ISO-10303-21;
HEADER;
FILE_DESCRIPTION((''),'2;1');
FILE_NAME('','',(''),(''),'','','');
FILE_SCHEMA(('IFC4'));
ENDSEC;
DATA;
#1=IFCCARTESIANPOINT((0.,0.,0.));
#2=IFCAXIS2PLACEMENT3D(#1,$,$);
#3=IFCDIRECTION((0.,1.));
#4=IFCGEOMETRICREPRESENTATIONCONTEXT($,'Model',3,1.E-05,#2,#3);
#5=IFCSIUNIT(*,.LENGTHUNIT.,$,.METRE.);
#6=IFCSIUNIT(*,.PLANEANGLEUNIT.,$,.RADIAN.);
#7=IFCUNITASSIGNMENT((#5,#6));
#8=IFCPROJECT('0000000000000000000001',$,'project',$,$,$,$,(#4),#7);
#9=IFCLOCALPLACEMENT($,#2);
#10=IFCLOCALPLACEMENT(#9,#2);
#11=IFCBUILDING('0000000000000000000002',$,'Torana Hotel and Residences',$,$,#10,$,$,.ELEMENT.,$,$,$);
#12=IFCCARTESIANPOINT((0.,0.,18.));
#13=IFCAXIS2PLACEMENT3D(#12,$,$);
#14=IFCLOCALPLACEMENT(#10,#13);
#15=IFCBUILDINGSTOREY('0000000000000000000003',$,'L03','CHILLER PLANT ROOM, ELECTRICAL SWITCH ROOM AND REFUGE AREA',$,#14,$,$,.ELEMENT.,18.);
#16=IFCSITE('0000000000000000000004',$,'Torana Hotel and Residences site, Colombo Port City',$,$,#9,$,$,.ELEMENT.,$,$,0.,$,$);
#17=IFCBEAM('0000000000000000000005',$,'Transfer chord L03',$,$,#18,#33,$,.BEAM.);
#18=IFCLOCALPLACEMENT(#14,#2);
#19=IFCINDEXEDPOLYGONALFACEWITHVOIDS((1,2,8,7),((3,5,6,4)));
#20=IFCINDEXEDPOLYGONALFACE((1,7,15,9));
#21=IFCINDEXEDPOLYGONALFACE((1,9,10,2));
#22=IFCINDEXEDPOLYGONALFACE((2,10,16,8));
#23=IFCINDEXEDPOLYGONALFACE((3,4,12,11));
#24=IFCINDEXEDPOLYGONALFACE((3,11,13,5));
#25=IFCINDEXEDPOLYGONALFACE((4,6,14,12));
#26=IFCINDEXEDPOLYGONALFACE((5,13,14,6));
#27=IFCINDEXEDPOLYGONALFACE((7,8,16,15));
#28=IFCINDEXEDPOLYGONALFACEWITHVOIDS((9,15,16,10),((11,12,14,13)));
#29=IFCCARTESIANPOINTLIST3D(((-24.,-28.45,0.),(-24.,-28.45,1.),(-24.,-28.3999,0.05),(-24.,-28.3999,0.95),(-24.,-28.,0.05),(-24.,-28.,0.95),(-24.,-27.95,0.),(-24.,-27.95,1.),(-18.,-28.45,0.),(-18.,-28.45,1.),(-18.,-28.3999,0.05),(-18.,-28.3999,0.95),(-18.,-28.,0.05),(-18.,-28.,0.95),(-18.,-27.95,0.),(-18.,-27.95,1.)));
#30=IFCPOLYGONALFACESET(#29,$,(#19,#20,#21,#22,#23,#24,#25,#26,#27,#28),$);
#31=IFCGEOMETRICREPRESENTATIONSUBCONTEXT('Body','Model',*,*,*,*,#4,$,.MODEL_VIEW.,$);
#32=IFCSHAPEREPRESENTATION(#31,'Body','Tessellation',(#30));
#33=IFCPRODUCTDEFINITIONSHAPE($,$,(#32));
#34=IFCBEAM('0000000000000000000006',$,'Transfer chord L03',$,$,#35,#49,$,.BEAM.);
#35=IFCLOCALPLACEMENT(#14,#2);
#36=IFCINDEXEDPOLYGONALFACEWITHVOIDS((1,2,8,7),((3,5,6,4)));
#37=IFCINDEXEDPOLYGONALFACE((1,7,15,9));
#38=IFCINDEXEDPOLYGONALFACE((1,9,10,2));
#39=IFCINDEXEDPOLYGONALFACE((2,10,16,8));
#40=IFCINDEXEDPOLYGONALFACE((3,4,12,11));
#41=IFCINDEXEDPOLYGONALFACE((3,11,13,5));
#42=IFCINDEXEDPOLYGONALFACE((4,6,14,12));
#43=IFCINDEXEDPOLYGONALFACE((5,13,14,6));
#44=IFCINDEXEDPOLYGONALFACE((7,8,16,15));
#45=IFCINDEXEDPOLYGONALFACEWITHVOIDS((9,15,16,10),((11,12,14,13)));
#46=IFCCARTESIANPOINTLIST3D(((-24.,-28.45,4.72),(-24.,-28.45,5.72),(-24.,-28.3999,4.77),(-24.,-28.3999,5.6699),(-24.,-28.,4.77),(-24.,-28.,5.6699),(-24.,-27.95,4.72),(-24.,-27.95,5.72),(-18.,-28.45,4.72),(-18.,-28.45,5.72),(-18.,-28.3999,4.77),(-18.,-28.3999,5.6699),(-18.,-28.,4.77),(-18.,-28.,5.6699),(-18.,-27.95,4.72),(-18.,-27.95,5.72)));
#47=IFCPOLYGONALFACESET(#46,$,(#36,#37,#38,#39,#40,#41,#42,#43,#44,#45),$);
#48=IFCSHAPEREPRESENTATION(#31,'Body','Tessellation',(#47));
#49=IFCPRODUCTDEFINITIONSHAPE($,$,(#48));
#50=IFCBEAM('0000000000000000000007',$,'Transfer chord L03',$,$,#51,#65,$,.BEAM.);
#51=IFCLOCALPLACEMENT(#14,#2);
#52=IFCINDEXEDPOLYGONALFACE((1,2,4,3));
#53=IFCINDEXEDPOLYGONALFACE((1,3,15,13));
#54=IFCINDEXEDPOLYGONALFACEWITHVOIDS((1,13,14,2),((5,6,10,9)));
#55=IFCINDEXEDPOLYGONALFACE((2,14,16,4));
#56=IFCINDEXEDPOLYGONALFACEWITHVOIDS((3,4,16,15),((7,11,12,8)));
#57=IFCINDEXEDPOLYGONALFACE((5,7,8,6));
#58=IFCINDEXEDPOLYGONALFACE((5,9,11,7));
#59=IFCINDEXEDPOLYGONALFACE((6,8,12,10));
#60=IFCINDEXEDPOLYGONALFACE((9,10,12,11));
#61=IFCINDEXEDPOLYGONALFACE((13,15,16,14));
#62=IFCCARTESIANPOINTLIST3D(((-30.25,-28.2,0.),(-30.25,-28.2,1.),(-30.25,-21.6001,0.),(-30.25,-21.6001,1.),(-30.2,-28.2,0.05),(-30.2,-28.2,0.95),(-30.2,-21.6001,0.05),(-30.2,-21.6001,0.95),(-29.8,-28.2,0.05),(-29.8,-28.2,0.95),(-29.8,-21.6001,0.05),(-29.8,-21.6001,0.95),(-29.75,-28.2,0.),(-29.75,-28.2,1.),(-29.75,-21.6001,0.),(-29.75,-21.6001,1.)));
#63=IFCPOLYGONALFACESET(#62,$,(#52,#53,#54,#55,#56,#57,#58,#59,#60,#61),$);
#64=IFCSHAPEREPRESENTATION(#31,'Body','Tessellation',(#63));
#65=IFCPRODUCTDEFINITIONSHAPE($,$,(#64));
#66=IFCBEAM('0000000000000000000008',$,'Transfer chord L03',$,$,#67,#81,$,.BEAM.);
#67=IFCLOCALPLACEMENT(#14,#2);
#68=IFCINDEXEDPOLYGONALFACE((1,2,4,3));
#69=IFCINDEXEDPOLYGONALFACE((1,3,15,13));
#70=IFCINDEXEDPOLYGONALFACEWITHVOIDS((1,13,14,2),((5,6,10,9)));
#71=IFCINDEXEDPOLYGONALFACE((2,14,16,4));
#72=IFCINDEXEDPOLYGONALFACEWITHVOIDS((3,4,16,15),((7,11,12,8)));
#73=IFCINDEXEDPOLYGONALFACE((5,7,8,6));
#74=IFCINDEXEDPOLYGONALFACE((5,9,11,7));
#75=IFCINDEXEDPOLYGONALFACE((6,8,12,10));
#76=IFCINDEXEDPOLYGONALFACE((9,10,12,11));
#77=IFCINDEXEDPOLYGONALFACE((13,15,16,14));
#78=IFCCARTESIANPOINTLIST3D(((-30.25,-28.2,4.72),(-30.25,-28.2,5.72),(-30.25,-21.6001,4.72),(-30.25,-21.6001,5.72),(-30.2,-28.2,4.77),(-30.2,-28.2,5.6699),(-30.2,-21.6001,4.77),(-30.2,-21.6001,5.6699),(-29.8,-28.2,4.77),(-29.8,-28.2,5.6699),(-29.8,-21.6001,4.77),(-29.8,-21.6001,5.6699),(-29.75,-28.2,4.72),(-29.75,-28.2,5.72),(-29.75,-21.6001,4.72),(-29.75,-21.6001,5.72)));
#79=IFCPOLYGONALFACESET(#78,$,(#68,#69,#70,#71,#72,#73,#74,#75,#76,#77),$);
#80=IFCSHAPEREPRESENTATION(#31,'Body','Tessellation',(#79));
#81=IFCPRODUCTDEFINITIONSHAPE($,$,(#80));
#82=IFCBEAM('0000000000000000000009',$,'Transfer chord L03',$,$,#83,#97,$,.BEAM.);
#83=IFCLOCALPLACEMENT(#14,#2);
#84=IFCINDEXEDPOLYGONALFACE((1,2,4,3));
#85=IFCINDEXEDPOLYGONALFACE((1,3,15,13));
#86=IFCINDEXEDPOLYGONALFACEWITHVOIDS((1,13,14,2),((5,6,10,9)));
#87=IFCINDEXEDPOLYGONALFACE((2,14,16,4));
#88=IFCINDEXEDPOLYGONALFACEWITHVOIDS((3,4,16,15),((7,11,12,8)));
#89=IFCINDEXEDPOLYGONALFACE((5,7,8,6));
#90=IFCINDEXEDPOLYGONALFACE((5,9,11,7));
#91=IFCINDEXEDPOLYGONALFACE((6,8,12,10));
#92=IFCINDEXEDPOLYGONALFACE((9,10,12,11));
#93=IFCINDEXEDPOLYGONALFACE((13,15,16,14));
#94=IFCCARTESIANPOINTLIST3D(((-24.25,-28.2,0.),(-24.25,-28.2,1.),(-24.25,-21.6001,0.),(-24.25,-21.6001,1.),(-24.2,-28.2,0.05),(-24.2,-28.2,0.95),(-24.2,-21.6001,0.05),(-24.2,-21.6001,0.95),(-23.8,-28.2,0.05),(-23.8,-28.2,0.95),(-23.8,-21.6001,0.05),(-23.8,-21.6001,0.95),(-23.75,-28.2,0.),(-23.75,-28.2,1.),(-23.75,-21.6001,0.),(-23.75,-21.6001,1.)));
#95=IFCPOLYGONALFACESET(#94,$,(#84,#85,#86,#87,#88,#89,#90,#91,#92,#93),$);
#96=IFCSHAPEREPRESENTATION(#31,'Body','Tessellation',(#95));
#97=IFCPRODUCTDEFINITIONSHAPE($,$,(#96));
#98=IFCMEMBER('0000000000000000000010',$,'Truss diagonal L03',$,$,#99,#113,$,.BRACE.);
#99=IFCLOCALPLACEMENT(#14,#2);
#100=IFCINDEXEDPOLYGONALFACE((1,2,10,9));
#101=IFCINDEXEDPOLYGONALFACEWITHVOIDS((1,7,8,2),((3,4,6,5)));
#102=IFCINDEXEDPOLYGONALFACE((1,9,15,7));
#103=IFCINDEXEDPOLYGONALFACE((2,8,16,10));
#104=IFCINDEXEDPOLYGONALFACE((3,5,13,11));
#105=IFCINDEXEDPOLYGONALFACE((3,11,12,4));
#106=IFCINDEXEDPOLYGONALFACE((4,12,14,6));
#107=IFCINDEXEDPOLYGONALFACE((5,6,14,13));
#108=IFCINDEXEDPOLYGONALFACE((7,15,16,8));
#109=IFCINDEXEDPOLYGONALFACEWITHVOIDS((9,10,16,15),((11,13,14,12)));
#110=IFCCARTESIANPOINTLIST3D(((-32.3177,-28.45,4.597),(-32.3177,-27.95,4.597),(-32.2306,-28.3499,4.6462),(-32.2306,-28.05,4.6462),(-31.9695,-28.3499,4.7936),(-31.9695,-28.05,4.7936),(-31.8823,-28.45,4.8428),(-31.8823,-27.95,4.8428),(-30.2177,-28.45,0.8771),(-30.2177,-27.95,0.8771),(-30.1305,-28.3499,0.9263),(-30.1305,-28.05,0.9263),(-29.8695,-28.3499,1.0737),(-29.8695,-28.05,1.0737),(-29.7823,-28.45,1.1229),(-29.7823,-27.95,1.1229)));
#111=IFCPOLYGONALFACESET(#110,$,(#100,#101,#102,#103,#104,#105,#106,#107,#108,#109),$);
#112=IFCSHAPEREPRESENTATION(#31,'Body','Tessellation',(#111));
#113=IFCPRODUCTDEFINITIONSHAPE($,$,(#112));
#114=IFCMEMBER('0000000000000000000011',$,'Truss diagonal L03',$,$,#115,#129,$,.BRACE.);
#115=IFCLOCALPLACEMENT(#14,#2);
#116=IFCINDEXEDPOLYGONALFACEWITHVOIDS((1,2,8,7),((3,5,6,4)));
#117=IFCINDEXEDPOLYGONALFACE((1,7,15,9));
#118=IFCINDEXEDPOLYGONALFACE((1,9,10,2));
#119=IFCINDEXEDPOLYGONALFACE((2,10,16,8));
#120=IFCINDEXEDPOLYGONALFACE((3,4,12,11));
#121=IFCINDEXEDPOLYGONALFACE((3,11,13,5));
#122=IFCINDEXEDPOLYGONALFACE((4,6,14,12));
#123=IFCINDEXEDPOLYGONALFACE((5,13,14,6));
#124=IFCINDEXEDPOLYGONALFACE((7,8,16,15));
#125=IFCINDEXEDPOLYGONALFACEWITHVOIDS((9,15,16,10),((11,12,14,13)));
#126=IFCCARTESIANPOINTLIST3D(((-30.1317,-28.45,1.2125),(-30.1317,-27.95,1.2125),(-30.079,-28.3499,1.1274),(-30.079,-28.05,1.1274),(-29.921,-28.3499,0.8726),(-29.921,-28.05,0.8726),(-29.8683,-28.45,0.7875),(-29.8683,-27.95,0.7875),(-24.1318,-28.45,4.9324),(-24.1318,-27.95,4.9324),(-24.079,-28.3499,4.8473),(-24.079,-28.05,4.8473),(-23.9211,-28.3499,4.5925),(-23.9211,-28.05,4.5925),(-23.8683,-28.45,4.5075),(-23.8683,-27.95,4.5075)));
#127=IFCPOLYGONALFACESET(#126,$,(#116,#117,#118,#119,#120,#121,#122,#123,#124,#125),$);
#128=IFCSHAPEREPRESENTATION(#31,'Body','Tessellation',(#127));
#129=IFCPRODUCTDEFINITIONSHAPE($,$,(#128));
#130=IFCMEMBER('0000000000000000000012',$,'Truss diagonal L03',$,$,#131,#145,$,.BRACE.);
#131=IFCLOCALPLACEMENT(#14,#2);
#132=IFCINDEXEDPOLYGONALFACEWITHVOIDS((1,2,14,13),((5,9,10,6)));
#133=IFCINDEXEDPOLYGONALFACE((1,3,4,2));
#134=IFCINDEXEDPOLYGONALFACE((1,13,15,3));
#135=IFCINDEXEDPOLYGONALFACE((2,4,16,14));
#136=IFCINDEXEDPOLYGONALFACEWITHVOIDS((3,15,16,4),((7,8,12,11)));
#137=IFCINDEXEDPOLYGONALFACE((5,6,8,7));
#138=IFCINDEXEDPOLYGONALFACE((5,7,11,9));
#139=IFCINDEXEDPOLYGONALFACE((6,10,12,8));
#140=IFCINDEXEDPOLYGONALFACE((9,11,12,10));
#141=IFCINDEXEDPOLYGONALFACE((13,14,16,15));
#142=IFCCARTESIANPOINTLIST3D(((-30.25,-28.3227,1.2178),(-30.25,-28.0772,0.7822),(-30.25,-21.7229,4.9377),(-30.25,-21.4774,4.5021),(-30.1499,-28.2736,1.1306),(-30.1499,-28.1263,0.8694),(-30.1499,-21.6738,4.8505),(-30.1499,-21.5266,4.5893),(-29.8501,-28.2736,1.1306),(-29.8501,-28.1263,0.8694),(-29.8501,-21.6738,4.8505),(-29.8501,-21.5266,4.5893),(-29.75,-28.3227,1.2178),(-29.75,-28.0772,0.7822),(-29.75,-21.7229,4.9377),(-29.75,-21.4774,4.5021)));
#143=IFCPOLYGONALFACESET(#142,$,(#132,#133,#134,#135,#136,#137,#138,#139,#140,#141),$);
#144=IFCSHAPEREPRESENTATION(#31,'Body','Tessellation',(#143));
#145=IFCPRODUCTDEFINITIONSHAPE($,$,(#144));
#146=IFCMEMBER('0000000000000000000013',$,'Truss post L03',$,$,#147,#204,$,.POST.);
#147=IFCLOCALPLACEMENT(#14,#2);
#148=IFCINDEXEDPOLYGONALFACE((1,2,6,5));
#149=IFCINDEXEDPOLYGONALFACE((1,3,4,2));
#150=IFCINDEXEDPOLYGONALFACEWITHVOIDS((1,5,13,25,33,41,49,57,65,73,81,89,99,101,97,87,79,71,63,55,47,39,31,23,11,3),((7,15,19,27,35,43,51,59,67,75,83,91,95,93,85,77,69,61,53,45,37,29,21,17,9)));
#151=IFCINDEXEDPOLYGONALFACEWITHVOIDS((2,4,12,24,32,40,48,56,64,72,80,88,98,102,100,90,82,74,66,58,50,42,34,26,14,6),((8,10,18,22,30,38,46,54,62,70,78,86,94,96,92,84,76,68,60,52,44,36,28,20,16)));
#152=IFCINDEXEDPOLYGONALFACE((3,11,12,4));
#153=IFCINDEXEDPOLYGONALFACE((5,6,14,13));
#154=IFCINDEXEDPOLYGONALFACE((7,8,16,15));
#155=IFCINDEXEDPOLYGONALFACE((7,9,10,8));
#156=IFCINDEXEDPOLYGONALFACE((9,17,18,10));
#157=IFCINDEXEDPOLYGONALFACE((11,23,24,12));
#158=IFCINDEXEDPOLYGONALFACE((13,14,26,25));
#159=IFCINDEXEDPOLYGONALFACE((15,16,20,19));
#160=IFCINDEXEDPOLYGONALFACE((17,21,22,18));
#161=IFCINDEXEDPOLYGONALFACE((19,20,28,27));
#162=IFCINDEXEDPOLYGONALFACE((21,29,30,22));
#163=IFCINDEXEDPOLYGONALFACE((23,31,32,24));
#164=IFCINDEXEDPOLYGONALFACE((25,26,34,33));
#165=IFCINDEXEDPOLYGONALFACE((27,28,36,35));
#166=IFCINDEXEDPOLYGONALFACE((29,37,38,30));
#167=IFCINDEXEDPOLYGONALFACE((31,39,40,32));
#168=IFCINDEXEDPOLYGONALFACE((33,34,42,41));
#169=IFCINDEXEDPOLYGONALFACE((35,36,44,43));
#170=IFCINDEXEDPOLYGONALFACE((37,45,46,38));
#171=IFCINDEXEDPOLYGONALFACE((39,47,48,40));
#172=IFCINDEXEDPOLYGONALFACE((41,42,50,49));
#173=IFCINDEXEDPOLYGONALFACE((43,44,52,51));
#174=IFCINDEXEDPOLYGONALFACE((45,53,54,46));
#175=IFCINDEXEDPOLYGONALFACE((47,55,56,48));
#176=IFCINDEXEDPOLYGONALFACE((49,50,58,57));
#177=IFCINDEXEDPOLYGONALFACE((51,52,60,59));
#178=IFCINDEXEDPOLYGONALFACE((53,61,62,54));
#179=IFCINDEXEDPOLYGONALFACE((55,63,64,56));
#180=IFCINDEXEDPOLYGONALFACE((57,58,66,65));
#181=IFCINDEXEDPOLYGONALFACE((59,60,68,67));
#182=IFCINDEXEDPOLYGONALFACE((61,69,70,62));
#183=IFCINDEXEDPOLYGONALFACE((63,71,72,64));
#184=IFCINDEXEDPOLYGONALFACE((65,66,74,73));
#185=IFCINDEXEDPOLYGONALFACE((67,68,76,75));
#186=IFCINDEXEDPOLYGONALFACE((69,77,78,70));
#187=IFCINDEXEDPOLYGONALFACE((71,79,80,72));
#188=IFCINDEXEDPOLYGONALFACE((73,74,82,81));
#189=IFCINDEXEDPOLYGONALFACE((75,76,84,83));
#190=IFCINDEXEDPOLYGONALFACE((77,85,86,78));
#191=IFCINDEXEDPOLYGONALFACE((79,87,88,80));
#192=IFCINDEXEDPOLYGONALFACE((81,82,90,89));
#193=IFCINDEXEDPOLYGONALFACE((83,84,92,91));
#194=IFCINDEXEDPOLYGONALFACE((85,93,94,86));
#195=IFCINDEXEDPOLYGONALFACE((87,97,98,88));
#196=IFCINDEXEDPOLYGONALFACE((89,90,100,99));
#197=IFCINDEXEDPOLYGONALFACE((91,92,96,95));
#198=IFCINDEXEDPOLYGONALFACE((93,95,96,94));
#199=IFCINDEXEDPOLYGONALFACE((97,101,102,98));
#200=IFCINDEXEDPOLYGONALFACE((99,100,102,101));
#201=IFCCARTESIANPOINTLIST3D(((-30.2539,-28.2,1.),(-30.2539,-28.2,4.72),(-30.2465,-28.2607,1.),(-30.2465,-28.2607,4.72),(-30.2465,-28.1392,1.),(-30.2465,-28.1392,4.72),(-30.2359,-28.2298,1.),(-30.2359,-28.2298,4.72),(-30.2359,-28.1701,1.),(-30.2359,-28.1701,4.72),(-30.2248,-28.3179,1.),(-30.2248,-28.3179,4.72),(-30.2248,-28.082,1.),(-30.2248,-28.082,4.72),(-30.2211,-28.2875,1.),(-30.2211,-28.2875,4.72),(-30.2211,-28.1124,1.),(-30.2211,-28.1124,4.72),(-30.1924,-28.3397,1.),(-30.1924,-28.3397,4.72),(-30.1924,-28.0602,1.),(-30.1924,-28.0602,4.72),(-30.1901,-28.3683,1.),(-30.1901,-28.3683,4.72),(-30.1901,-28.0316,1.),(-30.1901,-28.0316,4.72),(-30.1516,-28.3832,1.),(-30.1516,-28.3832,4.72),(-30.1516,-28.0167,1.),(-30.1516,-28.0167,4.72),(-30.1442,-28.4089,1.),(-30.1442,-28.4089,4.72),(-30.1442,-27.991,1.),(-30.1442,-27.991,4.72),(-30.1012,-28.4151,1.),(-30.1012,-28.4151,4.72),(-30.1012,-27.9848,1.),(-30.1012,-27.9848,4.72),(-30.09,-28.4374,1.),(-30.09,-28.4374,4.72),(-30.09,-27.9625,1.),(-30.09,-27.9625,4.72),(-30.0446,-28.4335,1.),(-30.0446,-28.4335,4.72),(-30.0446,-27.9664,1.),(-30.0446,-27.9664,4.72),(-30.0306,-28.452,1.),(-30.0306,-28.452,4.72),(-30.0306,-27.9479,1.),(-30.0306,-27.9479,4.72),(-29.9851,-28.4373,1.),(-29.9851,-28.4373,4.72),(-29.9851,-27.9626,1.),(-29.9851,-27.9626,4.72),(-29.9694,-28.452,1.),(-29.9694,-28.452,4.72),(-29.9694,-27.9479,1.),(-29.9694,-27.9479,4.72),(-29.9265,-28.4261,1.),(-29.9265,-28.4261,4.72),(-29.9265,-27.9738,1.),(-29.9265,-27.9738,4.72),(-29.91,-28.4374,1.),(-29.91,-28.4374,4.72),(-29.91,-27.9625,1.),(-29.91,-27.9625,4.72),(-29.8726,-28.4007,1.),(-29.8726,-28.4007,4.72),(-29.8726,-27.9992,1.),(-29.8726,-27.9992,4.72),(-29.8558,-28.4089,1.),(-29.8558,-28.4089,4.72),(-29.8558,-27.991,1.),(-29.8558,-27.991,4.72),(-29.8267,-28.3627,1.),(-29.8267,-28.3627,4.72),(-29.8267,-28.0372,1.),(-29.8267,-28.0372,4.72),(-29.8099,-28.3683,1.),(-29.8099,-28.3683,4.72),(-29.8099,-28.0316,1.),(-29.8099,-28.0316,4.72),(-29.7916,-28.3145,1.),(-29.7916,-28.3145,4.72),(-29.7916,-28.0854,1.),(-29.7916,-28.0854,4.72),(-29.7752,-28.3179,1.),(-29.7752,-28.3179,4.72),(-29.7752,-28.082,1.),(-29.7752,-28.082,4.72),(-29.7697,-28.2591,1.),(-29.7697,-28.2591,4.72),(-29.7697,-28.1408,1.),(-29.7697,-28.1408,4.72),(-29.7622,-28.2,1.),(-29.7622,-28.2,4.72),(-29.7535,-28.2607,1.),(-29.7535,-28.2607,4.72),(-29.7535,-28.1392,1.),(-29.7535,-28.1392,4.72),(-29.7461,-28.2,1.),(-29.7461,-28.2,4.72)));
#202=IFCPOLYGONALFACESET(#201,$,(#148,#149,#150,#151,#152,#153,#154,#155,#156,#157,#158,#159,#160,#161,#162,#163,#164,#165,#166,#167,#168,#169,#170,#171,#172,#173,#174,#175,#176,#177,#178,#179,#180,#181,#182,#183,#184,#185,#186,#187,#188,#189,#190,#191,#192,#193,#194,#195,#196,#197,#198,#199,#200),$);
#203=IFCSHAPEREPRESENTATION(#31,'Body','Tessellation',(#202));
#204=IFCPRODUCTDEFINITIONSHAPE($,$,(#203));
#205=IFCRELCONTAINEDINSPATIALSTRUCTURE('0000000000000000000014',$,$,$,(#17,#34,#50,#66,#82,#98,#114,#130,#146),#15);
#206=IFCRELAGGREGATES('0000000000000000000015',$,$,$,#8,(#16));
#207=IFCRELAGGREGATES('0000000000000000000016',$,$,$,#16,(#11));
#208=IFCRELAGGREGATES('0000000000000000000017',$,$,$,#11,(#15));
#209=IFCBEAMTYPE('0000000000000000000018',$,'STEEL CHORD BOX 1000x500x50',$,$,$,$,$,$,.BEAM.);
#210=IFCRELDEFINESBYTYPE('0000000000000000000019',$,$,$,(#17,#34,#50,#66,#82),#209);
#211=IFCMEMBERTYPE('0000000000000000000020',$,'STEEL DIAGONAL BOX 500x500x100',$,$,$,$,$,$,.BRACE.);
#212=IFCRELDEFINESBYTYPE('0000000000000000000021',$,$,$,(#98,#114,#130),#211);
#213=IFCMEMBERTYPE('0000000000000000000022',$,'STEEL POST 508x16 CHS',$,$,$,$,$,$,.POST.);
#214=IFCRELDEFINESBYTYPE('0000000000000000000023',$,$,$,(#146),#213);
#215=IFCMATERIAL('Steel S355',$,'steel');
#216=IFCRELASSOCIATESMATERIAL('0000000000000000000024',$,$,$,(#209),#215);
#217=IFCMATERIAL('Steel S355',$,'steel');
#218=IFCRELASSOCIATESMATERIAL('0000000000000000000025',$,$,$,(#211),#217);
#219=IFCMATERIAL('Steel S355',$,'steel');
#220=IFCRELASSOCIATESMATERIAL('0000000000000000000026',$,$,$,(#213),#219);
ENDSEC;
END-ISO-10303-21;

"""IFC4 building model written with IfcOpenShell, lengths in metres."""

from ifc_helpers import new_model, si_unit, direction, frame, origin, origin_2d, place, context, subcontext, project, spatial, hollow_rectangle, hollow_circle, extrude, material, material_profile, profile_set, type_object, element, save


model = new_model("IFC4")

# Units and contexts
model_context = context("Model", 3, precision=1e-05, world=origin(), true_north=direction((0.0, 1.0)))
body_context = subcontext(model_context, "Body", "Model", "MODEL_VIEW")
ifc_project = project(units=[si_unit("LENGTHUNIT", "METRE"), si_unit("PLANEANGLEUNIT", "RADIAN")], contexts=[model_context])

# Site, building, storey
site_placement = place(None, origin())
site = spatial("IfcSite", under=ifc_project, at=site_placement, Name="Torana Hotel and Residences site, Colombo Port City", CompositionType="ELEMENT", RefElevation=0.0)
building_placement = place(site_placement, origin())
building = spatial("IfcBuilding", under=site, at=building_placement, Name="Torana Hotel and Residences", CompositionType="ELEMENT")
storey_placement = place(building_placement, frame((0.0, 0.0, 18.0)))
storey = spatial("IfcBuildingStorey", under=building, at=storey_placement, Name="L03", Description="CHILLER PLANT ROOM, ELECTRICAL SWITCH ROOM AND REFUGE AREA", CompositionType="ELEMENT", Elevation=18.0)

# Beams
ifc_material_1 = material(Name="Steel S355", Category="steel")
ifc_material_profile_1 = material_profile(ifc_material_1, hollow_rectangle(XDim=0.5, YDim=1.0, WallThickness=0.05, at=origin_2d()), Name="BOX 1000x500x50")
ifc_profile_set_1 = profile_set([ifc_material_profile_1], Name="Steel S355")
beam_type = type_object("IfcBeamType", Name="STEEL CHORD BOX 1000x500x50", PredefinedType="BEAM", material=ifc_profile_set_1)
for number, where, z_axis, x_axis, name in (
    (1, (-24.0, -28.2, 0.5), (1.0, 0.0, 0.0), (0.0, 1.0, 0.0), "Transfer chord L03"),
    (2, (-24.0, -28.2, 5.22), (1.0, 0.0, 0.0), (0.0, 1.0, 0.0), "Transfer chord L03"),
):
    element("IfcBeam", number, at=place(storey_placement, frame(where, z_axis=z_axis, x_axis=x_axis)), inside=storey, type_object=beam_type, Name=name, PredefinedType="BEAM", context=body_context, shape_type="SweptSolid", body=[
        extrude(hollow_rectangle(XDim=0.5, YDim=1.0, WallThickness=0.05, at=origin_2d()), origin(), (0.0, 0.0, 1.0), 6.0),
    ])
for number, where, z_axis, x_axis, name in (
    (3, (-30.0, -28.2, 0.5), (0.0, 1.0, 0.0), (-1.0, 0.0, 0.0), "Transfer chord L03"),
    (4, (-30.0, -28.2, 5.22), (0.0, 1.0, 0.0), (-1.0, 0.0, 0.0), "Transfer chord L03"),
    (5, (-24.0, -28.2, 0.5), (0.0, 1.0, 0.0), (-1.0, 0.0, 0.0), "Transfer chord L03"),
):
    element("IfcBeam", number, at=place(storey_placement, frame(where, z_axis=z_axis, x_axis=x_axis)), inside=storey, type_object=beam_type, Name=name, PredefinedType="BEAM", context=body_context, shape_type="SweptSolid", body=[
        extrude(hollow_rectangle(XDim=0.5, YDim=1.0, WallThickness=0.05, at=origin_2d()), origin(), (0.0, 0.0, 1.0), 6.5999),
    ])

# Members
ifc_material_2 = material(Name="Steel S355", Category="steel")
ifc_material_profile_2 = material_profile(ifc_material_2, hollow_rectangle(XDim=0.5, YDim=0.5, WallThickness=0.1001, at=origin_2d()), Name="BOX 500x500x100")
ifc_profile_set_2 = profile_set([ifc_material_profile_2], Name="Steel S355")
member_type_1 = type_object("IfcMemberType", Name="STEEL DIAGONAL BOX 500x500x100", PredefinedType="BRACE", material=ifc_profile_set_2)
member_1_placement = place(storey_placement, frame((-30.0, -28.2, 1.0), z_axis=(-0.491615, 0.0, 0.870813), x_axis=(0.0, -1.0, 0.0)))
element("IfcMember", 6, at=member_1_placement, inside=storey, type_object=member_type_1, Name="Truss diagonal L03", PredefinedType="BRACE", context=body_context, shape_type="SweptSolid", body=[
    extrude(hollow_rectangle(XDim=0.5, YDim=0.5, WallThickness=0.1001, at=origin_2d()), origin(), (0.0, 0.0, 1.0), 4.2717),
])
member_2_placement = place(storey_placement, frame((-30.0, -28.2, 1.0), z_axis=(0.849905, 0.0, 0.526937), x_axis=(0.0, 1.0, 0.0)))
element("IfcMember", 7, at=member_2_placement, inside=storey, type_object=member_type_1, Name="Truss diagonal L03", PredefinedType="BRACE", context=body_context, shape_type="SweptSolid", body=[
    extrude(hollow_rectangle(XDim=0.5, YDim=0.5, WallThickness=0.1001, at=origin_2d()), origin(), (0.0, 0.0, 1.0), 7.0596),
])
member_3_placement = place(storey_placement, frame((-30.0, -28.2, 1.0), z_axis=(0.0, 0.871149, 0.491018), x_axis=(-1.0, 0.0, 0.0)))
element("IfcMember", 8, at=member_3_placement, inside=storey, type_object=member_type_1, Name="Truss diagonal L03", PredefinedType="BRACE", context=body_context, shape_type="SweptSolid", body=[
    extrude(hollow_rectangle(XDim=0.5, YDim=0.5, WallThickness=0.1001, at=origin_2d()), origin(), (0.0, 0.0, 1.0), 7.5759),
])
ifc_material_3 = material(Name="Steel S355", Category="steel")
ifc_material_profile_3 = material_profile(ifc_material_3, hollow_circle(Radius=0.2539, WallThickness=0.0161, at=origin_2d()), Name="508x16 CHS")
ifc_profile_set_3 = profile_set([ifc_material_profile_3], Name="Steel S355")
member_type_2 = type_object("IfcMemberType", Name="STEEL POST 508x16 CHS", PredefinedType="POST", material=ifc_profile_set_3)
member_4_placement = place(storey_placement, frame((-30.0, -28.2, 1.0), z_axis=(0.0, 0.0, 1.0), x_axis=(1.0, 0.0, 0.0)))
element("IfcMember", 9, at=member_4_placement, inside=storey, type_object=member_type_2, Name="Truss post L03", PredefinedType="POST", context=body_context, shape_type="SweptSolid", body=[
    extrude(hollow_circle(Radius=0.2539, WallThickness=0.0161, at=origin_2d()), origin(), (0.0, 0.0, 1.0), 3.72),
])

save(model, "model.ifc")
